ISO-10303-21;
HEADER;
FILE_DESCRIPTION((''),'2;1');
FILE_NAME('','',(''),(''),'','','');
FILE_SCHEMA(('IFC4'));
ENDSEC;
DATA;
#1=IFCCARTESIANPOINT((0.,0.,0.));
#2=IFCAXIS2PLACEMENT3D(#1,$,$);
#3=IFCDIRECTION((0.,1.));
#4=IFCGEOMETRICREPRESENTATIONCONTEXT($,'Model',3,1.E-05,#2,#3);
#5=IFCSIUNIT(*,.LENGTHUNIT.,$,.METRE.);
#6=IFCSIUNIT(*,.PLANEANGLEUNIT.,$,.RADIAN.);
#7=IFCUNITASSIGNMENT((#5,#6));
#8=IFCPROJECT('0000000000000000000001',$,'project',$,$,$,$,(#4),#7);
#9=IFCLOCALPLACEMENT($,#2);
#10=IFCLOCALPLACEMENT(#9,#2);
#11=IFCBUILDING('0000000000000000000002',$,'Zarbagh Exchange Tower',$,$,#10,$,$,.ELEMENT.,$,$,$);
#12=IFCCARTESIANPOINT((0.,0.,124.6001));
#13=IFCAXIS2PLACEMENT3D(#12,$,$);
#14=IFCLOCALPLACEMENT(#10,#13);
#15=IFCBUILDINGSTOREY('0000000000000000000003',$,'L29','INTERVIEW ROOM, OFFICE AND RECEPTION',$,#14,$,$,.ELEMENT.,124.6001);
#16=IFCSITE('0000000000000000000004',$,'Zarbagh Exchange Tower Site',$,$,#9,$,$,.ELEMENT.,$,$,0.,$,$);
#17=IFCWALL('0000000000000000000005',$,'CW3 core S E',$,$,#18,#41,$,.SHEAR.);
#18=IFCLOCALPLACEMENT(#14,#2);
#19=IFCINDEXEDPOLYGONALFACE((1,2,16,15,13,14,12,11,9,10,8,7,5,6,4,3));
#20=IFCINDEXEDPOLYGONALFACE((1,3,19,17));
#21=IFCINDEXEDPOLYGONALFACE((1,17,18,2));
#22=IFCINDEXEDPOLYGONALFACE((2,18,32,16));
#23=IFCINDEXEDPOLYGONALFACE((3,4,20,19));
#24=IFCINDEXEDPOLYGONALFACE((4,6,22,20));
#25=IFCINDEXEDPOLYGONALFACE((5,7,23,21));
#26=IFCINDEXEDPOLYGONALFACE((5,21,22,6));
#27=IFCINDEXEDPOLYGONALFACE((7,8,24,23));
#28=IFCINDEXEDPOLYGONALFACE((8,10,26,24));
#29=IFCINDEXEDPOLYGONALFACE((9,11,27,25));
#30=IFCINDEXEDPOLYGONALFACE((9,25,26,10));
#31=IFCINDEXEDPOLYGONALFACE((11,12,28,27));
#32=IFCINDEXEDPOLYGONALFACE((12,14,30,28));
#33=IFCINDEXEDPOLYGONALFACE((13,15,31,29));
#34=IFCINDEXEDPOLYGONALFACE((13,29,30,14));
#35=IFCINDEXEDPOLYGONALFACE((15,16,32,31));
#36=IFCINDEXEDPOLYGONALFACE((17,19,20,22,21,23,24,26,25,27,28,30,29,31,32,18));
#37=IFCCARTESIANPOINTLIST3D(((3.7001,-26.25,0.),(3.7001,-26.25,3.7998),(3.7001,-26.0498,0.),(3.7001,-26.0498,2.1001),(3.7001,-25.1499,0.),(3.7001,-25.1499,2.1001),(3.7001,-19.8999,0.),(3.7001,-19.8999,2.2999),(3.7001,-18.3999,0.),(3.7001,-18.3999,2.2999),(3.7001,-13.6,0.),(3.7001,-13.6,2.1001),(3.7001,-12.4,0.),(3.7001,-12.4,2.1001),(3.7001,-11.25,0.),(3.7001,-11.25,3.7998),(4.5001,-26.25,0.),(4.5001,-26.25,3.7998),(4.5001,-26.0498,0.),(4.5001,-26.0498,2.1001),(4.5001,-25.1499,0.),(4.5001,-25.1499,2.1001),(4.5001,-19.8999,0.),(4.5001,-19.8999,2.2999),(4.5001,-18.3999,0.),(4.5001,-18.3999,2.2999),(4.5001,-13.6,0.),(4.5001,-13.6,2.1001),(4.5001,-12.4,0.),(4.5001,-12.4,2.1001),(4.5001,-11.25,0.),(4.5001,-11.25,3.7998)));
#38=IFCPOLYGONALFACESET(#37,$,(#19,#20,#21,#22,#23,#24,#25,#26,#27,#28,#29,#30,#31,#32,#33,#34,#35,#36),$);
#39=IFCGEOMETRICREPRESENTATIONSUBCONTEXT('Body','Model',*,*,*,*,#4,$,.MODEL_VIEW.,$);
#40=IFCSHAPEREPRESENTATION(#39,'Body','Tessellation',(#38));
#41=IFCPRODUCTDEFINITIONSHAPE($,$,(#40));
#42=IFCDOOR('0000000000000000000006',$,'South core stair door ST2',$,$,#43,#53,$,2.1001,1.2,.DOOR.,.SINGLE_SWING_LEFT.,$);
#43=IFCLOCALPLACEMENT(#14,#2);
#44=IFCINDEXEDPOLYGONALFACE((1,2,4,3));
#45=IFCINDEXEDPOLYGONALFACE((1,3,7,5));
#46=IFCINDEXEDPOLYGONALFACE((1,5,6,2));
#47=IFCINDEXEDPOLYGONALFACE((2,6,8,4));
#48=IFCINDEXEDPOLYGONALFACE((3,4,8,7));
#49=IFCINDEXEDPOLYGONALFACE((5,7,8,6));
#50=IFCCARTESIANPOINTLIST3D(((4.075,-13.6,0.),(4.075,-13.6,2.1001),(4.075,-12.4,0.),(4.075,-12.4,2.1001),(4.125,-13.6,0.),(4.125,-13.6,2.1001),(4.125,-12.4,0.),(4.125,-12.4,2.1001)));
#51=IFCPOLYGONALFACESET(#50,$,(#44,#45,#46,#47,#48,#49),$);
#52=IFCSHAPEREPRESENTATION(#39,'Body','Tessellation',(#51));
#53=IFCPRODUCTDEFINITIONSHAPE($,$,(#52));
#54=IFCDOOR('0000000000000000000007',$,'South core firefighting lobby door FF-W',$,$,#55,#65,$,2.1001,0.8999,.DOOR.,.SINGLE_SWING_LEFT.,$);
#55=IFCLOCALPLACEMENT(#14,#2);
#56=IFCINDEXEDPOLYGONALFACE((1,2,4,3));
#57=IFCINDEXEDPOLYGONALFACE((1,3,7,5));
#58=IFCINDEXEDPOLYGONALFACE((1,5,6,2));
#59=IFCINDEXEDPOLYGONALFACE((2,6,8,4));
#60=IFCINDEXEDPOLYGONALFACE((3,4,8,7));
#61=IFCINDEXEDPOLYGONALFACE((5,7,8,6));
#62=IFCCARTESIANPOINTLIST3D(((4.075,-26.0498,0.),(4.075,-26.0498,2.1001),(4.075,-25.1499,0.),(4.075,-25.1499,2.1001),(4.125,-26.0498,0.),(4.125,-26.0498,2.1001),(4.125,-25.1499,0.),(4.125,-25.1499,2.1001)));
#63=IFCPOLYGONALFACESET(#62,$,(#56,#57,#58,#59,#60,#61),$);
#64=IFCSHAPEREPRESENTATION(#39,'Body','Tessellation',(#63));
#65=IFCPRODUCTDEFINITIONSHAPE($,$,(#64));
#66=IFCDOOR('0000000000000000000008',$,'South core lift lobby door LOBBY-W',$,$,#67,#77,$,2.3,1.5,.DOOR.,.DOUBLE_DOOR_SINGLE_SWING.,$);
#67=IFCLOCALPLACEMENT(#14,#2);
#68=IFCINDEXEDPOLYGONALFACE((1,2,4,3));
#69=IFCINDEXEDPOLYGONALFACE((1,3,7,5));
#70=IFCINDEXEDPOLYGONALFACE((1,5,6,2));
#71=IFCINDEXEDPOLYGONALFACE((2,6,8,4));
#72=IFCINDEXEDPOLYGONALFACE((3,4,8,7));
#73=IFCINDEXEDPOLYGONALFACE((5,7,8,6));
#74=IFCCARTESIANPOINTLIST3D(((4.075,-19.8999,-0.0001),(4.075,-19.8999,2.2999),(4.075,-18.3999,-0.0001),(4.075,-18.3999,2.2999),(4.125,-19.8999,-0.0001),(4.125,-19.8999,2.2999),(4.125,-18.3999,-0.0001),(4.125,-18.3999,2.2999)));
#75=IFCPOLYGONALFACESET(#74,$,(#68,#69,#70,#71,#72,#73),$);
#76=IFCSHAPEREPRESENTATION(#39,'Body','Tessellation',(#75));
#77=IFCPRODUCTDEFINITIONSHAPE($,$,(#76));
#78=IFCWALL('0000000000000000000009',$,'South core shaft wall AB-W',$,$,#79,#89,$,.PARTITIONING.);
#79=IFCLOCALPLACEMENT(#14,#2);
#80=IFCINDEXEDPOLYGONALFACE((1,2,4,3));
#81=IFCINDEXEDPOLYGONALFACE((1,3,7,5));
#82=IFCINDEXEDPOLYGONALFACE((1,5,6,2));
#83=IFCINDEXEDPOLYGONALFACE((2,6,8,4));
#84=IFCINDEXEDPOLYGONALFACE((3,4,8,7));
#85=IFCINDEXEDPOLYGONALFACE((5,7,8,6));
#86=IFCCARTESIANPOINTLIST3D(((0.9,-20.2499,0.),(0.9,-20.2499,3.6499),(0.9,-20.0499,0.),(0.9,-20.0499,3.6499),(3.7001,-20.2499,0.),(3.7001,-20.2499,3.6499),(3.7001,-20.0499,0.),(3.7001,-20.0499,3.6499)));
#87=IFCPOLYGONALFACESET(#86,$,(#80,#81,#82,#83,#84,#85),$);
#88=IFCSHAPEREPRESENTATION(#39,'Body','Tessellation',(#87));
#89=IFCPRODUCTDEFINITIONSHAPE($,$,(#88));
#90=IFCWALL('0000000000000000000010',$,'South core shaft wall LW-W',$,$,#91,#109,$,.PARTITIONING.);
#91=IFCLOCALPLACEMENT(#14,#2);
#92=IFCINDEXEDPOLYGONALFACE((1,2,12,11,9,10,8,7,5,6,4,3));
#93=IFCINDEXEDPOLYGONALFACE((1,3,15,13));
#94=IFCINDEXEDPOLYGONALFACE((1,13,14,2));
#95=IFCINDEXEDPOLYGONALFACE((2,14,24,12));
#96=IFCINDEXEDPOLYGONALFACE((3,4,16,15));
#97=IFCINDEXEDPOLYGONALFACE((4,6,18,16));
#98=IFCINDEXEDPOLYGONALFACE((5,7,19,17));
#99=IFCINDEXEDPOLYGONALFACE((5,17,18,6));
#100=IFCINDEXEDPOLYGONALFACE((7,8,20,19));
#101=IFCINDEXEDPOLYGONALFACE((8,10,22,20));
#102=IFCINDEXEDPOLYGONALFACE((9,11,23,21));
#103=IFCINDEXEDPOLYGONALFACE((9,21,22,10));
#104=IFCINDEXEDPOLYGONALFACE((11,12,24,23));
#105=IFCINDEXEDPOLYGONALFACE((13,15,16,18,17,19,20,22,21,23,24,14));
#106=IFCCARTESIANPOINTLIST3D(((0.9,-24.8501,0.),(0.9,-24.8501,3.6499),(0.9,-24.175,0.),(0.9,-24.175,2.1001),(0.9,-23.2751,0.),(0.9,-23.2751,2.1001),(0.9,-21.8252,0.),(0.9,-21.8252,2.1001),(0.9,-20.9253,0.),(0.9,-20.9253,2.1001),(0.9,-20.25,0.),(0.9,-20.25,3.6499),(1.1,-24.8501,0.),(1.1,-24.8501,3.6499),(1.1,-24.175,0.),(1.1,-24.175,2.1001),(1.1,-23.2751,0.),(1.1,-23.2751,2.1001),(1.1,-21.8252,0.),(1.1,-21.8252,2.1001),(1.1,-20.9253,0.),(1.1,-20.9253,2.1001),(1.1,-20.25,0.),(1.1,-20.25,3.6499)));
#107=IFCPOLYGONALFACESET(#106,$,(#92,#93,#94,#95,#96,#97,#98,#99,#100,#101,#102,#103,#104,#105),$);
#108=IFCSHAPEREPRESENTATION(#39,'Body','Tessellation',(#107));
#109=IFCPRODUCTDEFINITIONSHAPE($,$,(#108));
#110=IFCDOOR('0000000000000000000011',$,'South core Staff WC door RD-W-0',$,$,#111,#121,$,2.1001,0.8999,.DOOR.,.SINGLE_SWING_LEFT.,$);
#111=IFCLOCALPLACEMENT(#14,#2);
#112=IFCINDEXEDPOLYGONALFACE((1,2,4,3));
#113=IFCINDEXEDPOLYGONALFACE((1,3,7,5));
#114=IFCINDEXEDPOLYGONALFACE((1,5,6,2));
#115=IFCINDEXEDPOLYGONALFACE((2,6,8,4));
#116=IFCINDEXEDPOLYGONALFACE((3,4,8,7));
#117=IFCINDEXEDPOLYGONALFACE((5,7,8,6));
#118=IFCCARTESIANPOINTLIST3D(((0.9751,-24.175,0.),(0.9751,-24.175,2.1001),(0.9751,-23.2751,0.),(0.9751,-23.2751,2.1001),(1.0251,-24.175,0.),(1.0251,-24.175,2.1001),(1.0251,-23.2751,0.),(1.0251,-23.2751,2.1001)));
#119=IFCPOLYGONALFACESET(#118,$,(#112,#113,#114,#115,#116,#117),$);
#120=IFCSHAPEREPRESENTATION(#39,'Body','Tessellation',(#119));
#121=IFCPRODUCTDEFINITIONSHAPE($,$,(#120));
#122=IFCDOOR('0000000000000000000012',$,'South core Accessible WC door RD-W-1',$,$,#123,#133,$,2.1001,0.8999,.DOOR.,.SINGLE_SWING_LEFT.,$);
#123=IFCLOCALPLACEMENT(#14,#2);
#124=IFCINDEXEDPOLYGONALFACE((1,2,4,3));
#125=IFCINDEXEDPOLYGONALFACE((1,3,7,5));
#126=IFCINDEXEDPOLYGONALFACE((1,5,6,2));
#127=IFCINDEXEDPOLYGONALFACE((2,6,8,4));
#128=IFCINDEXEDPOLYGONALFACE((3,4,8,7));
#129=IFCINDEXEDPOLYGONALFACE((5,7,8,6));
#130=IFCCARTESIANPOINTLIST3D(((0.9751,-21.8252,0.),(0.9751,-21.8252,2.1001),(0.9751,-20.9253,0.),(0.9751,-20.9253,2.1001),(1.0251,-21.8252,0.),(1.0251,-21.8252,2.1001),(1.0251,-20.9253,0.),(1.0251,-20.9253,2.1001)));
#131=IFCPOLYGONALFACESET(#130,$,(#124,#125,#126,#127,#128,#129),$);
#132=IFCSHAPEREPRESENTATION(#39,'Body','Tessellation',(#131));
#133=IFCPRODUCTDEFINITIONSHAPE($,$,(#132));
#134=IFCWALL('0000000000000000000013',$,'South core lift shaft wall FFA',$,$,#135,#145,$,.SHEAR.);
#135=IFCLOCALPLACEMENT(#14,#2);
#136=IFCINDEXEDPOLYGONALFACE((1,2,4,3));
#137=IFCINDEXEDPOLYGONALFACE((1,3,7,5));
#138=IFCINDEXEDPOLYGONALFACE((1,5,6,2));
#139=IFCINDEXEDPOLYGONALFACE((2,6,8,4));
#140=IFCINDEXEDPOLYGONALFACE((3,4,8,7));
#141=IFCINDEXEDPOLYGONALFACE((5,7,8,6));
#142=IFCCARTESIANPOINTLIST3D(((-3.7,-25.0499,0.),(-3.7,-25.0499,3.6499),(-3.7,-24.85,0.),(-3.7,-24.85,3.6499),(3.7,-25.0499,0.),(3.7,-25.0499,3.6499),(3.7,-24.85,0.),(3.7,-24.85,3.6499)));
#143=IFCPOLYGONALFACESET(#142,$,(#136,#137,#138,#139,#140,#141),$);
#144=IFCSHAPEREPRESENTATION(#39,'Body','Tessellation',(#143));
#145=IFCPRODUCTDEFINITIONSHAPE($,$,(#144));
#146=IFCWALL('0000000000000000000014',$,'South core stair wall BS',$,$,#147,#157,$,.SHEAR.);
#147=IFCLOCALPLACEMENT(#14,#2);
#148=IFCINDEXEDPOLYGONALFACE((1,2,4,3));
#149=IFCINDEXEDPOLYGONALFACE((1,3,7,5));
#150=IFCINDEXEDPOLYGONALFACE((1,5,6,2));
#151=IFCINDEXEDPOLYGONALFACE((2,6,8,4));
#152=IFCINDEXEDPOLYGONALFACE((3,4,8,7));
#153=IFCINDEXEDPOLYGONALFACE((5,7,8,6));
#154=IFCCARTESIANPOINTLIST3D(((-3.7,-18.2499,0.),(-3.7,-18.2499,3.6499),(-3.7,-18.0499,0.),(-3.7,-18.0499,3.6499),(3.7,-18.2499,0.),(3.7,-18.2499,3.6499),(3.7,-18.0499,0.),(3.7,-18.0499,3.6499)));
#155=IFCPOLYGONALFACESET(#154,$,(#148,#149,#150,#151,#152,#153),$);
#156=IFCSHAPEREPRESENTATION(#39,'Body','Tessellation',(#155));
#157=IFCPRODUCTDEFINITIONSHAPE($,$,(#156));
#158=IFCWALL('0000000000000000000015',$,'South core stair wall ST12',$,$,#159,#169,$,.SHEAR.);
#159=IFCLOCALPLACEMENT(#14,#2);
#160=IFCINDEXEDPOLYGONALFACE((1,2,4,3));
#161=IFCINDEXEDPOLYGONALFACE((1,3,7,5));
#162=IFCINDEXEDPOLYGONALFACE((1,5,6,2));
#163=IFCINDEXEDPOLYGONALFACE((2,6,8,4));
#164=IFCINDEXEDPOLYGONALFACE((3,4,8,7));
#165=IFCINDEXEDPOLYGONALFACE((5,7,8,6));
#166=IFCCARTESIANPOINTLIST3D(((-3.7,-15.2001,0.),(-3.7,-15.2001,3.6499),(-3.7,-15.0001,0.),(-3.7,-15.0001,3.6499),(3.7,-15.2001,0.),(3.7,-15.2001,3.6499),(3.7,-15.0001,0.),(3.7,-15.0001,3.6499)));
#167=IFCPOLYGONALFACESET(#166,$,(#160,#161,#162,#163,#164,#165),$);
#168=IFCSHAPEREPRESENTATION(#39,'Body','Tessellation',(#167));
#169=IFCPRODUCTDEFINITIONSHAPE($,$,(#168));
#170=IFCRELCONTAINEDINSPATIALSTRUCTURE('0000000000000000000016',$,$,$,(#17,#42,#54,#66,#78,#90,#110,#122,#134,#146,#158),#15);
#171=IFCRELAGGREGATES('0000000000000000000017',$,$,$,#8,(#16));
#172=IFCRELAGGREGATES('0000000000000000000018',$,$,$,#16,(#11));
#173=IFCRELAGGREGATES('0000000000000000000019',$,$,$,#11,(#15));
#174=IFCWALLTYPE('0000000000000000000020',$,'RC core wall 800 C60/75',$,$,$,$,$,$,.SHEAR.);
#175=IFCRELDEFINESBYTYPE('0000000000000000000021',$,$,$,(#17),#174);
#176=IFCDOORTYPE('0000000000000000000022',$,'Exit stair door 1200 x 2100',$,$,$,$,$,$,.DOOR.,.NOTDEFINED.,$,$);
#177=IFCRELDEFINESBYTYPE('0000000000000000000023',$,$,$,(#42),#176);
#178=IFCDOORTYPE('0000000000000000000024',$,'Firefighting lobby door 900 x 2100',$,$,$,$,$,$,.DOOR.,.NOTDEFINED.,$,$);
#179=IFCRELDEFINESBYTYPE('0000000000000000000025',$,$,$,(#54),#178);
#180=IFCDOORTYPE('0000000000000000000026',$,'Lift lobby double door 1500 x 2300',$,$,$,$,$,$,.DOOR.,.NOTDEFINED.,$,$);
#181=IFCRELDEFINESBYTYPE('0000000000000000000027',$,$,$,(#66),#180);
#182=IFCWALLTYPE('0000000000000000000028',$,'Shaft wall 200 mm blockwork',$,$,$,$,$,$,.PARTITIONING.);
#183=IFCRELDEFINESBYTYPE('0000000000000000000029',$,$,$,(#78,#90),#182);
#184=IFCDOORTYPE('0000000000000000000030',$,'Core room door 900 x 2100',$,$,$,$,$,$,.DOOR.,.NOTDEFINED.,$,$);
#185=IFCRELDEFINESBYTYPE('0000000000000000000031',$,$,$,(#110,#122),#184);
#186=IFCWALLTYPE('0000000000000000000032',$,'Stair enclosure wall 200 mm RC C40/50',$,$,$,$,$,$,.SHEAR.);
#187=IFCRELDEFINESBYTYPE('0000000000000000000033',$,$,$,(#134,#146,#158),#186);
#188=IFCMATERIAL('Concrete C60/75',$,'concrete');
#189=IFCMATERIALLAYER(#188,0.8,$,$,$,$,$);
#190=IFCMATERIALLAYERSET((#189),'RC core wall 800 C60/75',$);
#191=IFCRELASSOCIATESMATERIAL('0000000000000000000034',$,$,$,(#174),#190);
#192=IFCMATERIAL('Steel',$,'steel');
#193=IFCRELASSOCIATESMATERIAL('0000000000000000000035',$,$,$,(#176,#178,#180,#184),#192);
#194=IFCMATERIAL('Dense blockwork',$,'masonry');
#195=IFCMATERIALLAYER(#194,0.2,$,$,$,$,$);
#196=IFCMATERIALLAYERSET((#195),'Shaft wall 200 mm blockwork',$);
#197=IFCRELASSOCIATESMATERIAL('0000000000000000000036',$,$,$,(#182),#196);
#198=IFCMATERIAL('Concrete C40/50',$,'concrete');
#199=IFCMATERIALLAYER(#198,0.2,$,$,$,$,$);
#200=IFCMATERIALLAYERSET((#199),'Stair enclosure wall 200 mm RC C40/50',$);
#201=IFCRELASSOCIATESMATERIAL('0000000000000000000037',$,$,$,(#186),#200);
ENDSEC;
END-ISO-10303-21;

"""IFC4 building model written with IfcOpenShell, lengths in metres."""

from ifc_helpers import new_model, si_unit, direction, frame, frame_2d, origin, place, context, subcontext, project, spatial, rectangle, extrude, material, layer, layer_set, type_object, element, fill, save


model = new_model("IFC4")

# Units and contexts
model_context = context("Model", 3, precision=1e-05, world=origin(), true_north=direction((0.0, 1.0)))
body_context = subcontext(model_context, "Body", "Model", "MODEL_VIEW")
ifc_project = project(units=[si_unit("LENGTHUNIT", "METRE"), si_unit("PLANEANGLEUNIT", "RADIAN")], contexts=[model_context])

# Site, building, storey
site_placement = place(None, origin())
site = spatial("IfcSite", under=ifc_project, at=site_placement, Name="Zarbagh Exchange Tower Site", CompositionType="ELEMENT", RefElevation=0.0)
building_placement = place(site_placement, origin())
building = spatial("IfcBuilding", under=site, at=building_placement, Name="Zarbagh Exchange Tower", CompositionType="ELEMENT")
storey_placement = place(building_placement, frame((0.0, 0.0, 124.6001)))
storey = spatial("IfcBuildingStorey", under=building, at=storey_placement, Name="L29", Description="INTERVIEW ROOM, OFFICE AND RECEPTION", CompositionType="ELEMENT", Elevation=124.6001)

# Shared definitions
ifc_material_1 = material(Name="Concrete C60/75", Category="concrete")

# Shared definitions
ifc_material_2 = material(Name="Dense blockwork", Category="masonry")

# Wall, openings, doors
ifc_layer_1 = layer(ifc_material_1, 0.8)
ifc_layer_set_1 = layer_set([ifc_layer_1], Name="RC core wall 800 C60/75")
wall_type_1 = type_object("IfcWallType", Name="RC core wall 800 C60/75", PredefinedType="SHEAR", material=ifc_layer_set_1)
wall_1_placement = place(storey_placement, frame((4.1001, -11.25, 0.0), z_axis=(0.0, 0.0, 1.0), x_axis=(0.0, -1.0, 0.0)))
wall_1 = element("IfcWall", 1, at=wall_1_placement, inside=storey, type_object=wall_type_1, Name="CW3 core S E", PredefinedType="SHEAR", context=body_context, shape_type="SweptSolid", body=[
    extrude(rectangle(XDim=15.0, YDim=0.8, at=frame_2d((7.5, 0.0))), origin(), (0.0, 0.0, 1.0), 3.7998),
])
opening_1_placement = place(wall_1_placement, frame((7.1499, 0.0, 0.0)))
opening_1 = element("IfcOpeningElement", 2, at=opening_1_placement, cuts=wall_1, PredefinedType="OPENING", context=body_context, shape_type="SweptSolid", body=[
    extrude(rectangle(XDim=1.5, YDim=2.3, at=frame_2d((0.75, 1.1499))), frame((0.0, 0.4099, 0.0), z_axis=(0.0, -1.0, 0.0), x_axis=(1.0, 0.0, 0.0)), (0.0, 0.0, 1.0), 0.8201),
])
opening_2_placement = place(wall_1_placement, frame((13.8999, 0.0, 0.0)))
opening_2 = element("IfcOpeningElement", 3, at=opening_2_placement, cuts=wall_1, PredefinedType="OPENING", context=body_context, shape_type="SweptSolid", body=[
    extrude(rectangle(XDim=0.8999, YDim=2.1001, at=frame_2d((0.45, 1.05))), frame((0.0, 0.4099, 0.0), z_axis=(0.0, -1.0, 0.0), x_axis=(1.0, 0.0, 0.0)), (0.0, 0.0, 1.0), 0.8201),
])
opening_3_placement = place(wall_1_placement, frame((1.1499, 0.0, 0.0)))
opening_3 = element("IfcOpeningElement", 4, at=opening_3_placement, cuts=wall_1, PredefinedType="OPENING", context=body_context, shape_type="SweptSolid", body=[
    extrude(rectangle(XDim=1.2, YDim=2.1001, at=frame_2d((0.6001, 1.05))), frame((0.0, 0.4099, 0.0), z_axis=(0.0, -1.0, 0.0), x_axis=(1.0, 0.0, 0.0)), (0.0, 0.0, 1.0), 0.8201),
])
ifc_material_3 = material(Name="Steel", Category="steel")
door_type_1 = type_object("IfcDoorType", Name="Exit stair door 1200 x 2100", OperationType="NOTDEFINED", PredefinedType="DOOR", material=ifc_material_3)
door_1_placement = place(opening_3_placement, origin())
door_1 = element("IfcDoor", 5, at=door_1_placement, inside=storey, type_object=door_type_1, Name="South core stair door ST2", OperationType="SINGLE_SWING_LEFT", OverallHeight=2.1001, OverallWidth=1.2, PredefinedType="DOOR", context=body_context, shape_type="SweptSolid", body=[
    extrude(rectangle(XDim=1.2, YDim=2.1001, at=frame_2d((0.6001, 1.05))), frame((0.0, 0.0249, 0.0), z_axis=(0.0, -1.0, 0.0), x_axis=(1.0, 0.0, 0.0)), (0.0, 0.0, 1.0), 0.05),
])
fill(opening_3, door_1)
door_type_2 = type_object("IfcDoorType", Name="Firefighting lobby door 900 x 2100", OperationType="NOTDEFINED", PredefinedType="DOOR", material=ifc_material_3)
door_2_placement = place(opening_2_placement, origin())
door_2 = element("IfcDoor", 6, at=door_2_placement, inside=storey, type_object=door_type_2, Name="South core firefighting lobby door FF-W", OperationType="SINGLE_SWING_LEFT", OverallHeight=2.1001, OverallWidth=0.8999, PredefinedType="DOOR", context=body_context, shape_type="SweptSolid", body=[
    extrude(rectangle(XDim=0.8999, YDim=2.1001, at=frame_2d((0.45, 1.05))), frame((0.0, 0.0249, 0.0), z_axis=(0.0, -1.0, 0.0), x_axis=(1.0, 0.0, 0.0)), (0.0, 0.0, 1.0), 0.05),
])
fill(opening_2, door_2)
door_type_3 = type_object("IfcDoorType", Name="Lift lobby double door 1500 x 2300", OperationType="NOTDEFINED", PredefinedType="DOOR", material=ifc_material_3)
door_3_placement = place(opening_1_placement, origin())
door_3 = element("IfcDoor", 7, at=door_3_placement, inside=storey, type_object=door_type_3, Name="South core lift lobby door LOBBY-W", OperationType="DOUBLE_DOOR_SINGLE_SWING", OverallHeight=2.3, OverallWidth=1.5, PredefinedType="DOOR", context=body_context, shape_type="SweptSolid", body=[
    extrude(rectangle(XDim=1.5, YDim=2.3, at=frame_2d((0.75, 1.1499))), frame((0.0, 0.0249, 0.0), z_axis=(0.0, -1.0, 0.0), x_axis=(1.0, 0.0, 0.0)), (0.0, 0.0, 1.0), 0.05),
])
fill(opening_1, door_3)

# Wall
ifc_layer_2 = layer(ifc_material_2, 0.2)
ifc_layer_set_2 = layer_set([ifc_layer_2], Name="Shaft wall 200 mm blockwork")
wall_type_2 = type_object("IfcWallType", Name="Shaft wall 200 mm blockwork", PredefinedType="PARTITIONING", material=ifc_layer_set_2)
wall_2_placement = place(storey_placement, frame((3.7, -20.1499, 0.0), z_axis=(0.0, 0.0, 1.0), x_axis=(-1.0, 0.0, 0.0)))
element("IfcWall", 8, at=wall_2_placement, inside=storey, type_object=wall_type_2, Name="South core shaft wall AB-W", PredefinedType="PARTITIONING", context=body_context, shape_type="SweptSolid", body=[
    extrude(rectangle(XDim=2.8, YDim=0.2, at=frame_2d((1.3999, 0.0))), origin(), (0.0, 0.0, 1.0), 3.6499),
])

# Wall, openings, doors
wall_3_placement = place(storey_placement, frame((1.0, -24.8501, 0.0), z_axis=(0.0, 0.0, 1.0), x_axis=(0.0, 1.0, 0.0)))
wall_3 = element("IfcWall", 9, at=wall_3_placement, inside=storey, type_object=wall_type_2, Name="South core shaft wall LW-W", PredefinedType="PARTITIONING", context=body_context, shape_type="SweptSolid", body=[
    extrude(rectangle(XDim=4.6001, YDim=0.2, at=frame_2d((2.3, 0.0))), origin(), (0.0, 0.0, 1.0), 3.6499),
])
opening_4_placement = place(wall_3_placement, frame((0.675, 0.0, 0.0)))
opening_4 = element("IfcOpeningElement", 10, at=opening_4_placement, cuts=wall_3, PredefinedType="OPENING", context=body_context, shape_type="SweptSolid", body=[
    extrude(rectangle(XDim=0.8999, YDim=2.1001, at=frame_2d((0.45, 1.05))), frame((0.0, 0.1099, 0.0), z_axis=(0.0, -1.0, 0.0), x_axis=(1.0, 0.0, 0.0)), (0.0, 0.0, 1.0), 0.22),
])
opening_5_placement = place(wall_3_placement, frame((3.0249, 0.0, 0.0)))
opening_5 = element("IfcOpeningElement", 11, at=opening_5_placement, cuts=wall_3, PredefinedType="OPENING", context=body_context, shape_type="SweptSolid", body=[
    extrude(rectangle(XDim=0.8999, YDim=2.1001, at=frame_2d((0.45, 1.05))), frame((0.0, 0.1099, 0.0), z_axis=(0.0, -1.0, 0.0), x_axis=(1.0, 0.0, 0.0)), (0.0, 0.0, 1.0), 0.22),
])
door_type_4 = type_object("IfcDoorType", Name="Core room door 900 x 2100", OperationType="NOTDEFINED", PredefinedType="DOOR", material=ifc_material_3)
door_4_placement = place(opening_4_placement, origin())
door_4 = element("IfcDoor", 12, at=door_4_placement, inside=storey, type_object=door_type_4, Name="South core Staff WC door RD-W-0", OperationType="SINGLE_SWING_LEFT", OverallHeight=2.1001, OverallWidth=0.8999, PredefinedType="DOOR", context=body_context, shape_type="SweptSolid", body=[
    extrude(rectangle(XDim=0.8999, YDim=2.1001, at=frame_2d((0.45, 1.05))), frame((0.0, 0.0249, 0.0), z_axis=(0.0, -1.0, 0.0), x_axis=(1.0, 0.0, 0.0)), (0.0, 0.0, 1.0), 0.05),
])
fill(opening_4, door_4)
door_5_placement = place(opening_5_placement, origin())
door_5 = element("IfcDoor", 13, at=door_5_placement, inside=storey, type_object=door_type_4, Name="South core Accessible WC door RD-W-1", OperationType="SINGLE_SWING_LEFT", OverallHeight=2.1001, OverallWidth=0.8999, PredefinedType="DOOR", context=body_context, shape_type="SweptSolid", body=[
    extrude(rectangle(XDim=0.8999, YDim=2.1001, at=frame_2d((0.45, 1.05))), frame((0.0, 0.0249, 0.0), z_axis=(0.0, -1.0, 0.0), x_axis=(1.0, 0.0, 0.0)), (0.0, 0.0, 1.0), 0.05),
])
fill(opening_5, door_5)

# Walls
ifc_material_4 = material(Name="Concrete C40/50", Category="concrete")
ifc_layer_3 = layer(ifc_material_4, 0.2)
ifc_layer_set_3 = layer_set([ifc_layer_3], Name="Stair enclosure wall 200 mm RC C40/50")
wall_type_3 = type_object("IfcWallType", Name="Stair enclosure wall 200 mm RC C40/50", PredefinedType="SHEAR", material=ifc_layer_set_3)
for number, where, z_axis, x_axis, name in (
    (14, (3.7, -24.95, 0.0), (0.0, 0.0, 1.0), (-1.0, 0.0, 0.0), "South core lift shaft wall FFA"),
    (15, (3.7, -18.1499, 0.0), (0.0, 0.0, 1.0), (-1.0, 0.0, 0.0), "South core stair wall BS"),
    (16, (3.7, -15.1001, 0.0), (0.0, 0.0, 1.0), (-1.0, 0.0, 0.0), "South core stair wall ST12"),
):
    element("IfcWall", number, at=place(storey_placement, frame(where, z_axis=z_axis, x_axis=x_axis)), inside=storey, type_object=wall_type_3, Name=name, PredefinedType="SHEAR", context=body_context, shape_type="SweptSolid", body=[
        extrude(rectangle(XDim=7.3999, YDim=0.2, at=frame_2d((3.7, 0.0))), origin(), (0.0, 0.0, 1.0), 3.6499),
    ])

save(model, "model.ifc")
